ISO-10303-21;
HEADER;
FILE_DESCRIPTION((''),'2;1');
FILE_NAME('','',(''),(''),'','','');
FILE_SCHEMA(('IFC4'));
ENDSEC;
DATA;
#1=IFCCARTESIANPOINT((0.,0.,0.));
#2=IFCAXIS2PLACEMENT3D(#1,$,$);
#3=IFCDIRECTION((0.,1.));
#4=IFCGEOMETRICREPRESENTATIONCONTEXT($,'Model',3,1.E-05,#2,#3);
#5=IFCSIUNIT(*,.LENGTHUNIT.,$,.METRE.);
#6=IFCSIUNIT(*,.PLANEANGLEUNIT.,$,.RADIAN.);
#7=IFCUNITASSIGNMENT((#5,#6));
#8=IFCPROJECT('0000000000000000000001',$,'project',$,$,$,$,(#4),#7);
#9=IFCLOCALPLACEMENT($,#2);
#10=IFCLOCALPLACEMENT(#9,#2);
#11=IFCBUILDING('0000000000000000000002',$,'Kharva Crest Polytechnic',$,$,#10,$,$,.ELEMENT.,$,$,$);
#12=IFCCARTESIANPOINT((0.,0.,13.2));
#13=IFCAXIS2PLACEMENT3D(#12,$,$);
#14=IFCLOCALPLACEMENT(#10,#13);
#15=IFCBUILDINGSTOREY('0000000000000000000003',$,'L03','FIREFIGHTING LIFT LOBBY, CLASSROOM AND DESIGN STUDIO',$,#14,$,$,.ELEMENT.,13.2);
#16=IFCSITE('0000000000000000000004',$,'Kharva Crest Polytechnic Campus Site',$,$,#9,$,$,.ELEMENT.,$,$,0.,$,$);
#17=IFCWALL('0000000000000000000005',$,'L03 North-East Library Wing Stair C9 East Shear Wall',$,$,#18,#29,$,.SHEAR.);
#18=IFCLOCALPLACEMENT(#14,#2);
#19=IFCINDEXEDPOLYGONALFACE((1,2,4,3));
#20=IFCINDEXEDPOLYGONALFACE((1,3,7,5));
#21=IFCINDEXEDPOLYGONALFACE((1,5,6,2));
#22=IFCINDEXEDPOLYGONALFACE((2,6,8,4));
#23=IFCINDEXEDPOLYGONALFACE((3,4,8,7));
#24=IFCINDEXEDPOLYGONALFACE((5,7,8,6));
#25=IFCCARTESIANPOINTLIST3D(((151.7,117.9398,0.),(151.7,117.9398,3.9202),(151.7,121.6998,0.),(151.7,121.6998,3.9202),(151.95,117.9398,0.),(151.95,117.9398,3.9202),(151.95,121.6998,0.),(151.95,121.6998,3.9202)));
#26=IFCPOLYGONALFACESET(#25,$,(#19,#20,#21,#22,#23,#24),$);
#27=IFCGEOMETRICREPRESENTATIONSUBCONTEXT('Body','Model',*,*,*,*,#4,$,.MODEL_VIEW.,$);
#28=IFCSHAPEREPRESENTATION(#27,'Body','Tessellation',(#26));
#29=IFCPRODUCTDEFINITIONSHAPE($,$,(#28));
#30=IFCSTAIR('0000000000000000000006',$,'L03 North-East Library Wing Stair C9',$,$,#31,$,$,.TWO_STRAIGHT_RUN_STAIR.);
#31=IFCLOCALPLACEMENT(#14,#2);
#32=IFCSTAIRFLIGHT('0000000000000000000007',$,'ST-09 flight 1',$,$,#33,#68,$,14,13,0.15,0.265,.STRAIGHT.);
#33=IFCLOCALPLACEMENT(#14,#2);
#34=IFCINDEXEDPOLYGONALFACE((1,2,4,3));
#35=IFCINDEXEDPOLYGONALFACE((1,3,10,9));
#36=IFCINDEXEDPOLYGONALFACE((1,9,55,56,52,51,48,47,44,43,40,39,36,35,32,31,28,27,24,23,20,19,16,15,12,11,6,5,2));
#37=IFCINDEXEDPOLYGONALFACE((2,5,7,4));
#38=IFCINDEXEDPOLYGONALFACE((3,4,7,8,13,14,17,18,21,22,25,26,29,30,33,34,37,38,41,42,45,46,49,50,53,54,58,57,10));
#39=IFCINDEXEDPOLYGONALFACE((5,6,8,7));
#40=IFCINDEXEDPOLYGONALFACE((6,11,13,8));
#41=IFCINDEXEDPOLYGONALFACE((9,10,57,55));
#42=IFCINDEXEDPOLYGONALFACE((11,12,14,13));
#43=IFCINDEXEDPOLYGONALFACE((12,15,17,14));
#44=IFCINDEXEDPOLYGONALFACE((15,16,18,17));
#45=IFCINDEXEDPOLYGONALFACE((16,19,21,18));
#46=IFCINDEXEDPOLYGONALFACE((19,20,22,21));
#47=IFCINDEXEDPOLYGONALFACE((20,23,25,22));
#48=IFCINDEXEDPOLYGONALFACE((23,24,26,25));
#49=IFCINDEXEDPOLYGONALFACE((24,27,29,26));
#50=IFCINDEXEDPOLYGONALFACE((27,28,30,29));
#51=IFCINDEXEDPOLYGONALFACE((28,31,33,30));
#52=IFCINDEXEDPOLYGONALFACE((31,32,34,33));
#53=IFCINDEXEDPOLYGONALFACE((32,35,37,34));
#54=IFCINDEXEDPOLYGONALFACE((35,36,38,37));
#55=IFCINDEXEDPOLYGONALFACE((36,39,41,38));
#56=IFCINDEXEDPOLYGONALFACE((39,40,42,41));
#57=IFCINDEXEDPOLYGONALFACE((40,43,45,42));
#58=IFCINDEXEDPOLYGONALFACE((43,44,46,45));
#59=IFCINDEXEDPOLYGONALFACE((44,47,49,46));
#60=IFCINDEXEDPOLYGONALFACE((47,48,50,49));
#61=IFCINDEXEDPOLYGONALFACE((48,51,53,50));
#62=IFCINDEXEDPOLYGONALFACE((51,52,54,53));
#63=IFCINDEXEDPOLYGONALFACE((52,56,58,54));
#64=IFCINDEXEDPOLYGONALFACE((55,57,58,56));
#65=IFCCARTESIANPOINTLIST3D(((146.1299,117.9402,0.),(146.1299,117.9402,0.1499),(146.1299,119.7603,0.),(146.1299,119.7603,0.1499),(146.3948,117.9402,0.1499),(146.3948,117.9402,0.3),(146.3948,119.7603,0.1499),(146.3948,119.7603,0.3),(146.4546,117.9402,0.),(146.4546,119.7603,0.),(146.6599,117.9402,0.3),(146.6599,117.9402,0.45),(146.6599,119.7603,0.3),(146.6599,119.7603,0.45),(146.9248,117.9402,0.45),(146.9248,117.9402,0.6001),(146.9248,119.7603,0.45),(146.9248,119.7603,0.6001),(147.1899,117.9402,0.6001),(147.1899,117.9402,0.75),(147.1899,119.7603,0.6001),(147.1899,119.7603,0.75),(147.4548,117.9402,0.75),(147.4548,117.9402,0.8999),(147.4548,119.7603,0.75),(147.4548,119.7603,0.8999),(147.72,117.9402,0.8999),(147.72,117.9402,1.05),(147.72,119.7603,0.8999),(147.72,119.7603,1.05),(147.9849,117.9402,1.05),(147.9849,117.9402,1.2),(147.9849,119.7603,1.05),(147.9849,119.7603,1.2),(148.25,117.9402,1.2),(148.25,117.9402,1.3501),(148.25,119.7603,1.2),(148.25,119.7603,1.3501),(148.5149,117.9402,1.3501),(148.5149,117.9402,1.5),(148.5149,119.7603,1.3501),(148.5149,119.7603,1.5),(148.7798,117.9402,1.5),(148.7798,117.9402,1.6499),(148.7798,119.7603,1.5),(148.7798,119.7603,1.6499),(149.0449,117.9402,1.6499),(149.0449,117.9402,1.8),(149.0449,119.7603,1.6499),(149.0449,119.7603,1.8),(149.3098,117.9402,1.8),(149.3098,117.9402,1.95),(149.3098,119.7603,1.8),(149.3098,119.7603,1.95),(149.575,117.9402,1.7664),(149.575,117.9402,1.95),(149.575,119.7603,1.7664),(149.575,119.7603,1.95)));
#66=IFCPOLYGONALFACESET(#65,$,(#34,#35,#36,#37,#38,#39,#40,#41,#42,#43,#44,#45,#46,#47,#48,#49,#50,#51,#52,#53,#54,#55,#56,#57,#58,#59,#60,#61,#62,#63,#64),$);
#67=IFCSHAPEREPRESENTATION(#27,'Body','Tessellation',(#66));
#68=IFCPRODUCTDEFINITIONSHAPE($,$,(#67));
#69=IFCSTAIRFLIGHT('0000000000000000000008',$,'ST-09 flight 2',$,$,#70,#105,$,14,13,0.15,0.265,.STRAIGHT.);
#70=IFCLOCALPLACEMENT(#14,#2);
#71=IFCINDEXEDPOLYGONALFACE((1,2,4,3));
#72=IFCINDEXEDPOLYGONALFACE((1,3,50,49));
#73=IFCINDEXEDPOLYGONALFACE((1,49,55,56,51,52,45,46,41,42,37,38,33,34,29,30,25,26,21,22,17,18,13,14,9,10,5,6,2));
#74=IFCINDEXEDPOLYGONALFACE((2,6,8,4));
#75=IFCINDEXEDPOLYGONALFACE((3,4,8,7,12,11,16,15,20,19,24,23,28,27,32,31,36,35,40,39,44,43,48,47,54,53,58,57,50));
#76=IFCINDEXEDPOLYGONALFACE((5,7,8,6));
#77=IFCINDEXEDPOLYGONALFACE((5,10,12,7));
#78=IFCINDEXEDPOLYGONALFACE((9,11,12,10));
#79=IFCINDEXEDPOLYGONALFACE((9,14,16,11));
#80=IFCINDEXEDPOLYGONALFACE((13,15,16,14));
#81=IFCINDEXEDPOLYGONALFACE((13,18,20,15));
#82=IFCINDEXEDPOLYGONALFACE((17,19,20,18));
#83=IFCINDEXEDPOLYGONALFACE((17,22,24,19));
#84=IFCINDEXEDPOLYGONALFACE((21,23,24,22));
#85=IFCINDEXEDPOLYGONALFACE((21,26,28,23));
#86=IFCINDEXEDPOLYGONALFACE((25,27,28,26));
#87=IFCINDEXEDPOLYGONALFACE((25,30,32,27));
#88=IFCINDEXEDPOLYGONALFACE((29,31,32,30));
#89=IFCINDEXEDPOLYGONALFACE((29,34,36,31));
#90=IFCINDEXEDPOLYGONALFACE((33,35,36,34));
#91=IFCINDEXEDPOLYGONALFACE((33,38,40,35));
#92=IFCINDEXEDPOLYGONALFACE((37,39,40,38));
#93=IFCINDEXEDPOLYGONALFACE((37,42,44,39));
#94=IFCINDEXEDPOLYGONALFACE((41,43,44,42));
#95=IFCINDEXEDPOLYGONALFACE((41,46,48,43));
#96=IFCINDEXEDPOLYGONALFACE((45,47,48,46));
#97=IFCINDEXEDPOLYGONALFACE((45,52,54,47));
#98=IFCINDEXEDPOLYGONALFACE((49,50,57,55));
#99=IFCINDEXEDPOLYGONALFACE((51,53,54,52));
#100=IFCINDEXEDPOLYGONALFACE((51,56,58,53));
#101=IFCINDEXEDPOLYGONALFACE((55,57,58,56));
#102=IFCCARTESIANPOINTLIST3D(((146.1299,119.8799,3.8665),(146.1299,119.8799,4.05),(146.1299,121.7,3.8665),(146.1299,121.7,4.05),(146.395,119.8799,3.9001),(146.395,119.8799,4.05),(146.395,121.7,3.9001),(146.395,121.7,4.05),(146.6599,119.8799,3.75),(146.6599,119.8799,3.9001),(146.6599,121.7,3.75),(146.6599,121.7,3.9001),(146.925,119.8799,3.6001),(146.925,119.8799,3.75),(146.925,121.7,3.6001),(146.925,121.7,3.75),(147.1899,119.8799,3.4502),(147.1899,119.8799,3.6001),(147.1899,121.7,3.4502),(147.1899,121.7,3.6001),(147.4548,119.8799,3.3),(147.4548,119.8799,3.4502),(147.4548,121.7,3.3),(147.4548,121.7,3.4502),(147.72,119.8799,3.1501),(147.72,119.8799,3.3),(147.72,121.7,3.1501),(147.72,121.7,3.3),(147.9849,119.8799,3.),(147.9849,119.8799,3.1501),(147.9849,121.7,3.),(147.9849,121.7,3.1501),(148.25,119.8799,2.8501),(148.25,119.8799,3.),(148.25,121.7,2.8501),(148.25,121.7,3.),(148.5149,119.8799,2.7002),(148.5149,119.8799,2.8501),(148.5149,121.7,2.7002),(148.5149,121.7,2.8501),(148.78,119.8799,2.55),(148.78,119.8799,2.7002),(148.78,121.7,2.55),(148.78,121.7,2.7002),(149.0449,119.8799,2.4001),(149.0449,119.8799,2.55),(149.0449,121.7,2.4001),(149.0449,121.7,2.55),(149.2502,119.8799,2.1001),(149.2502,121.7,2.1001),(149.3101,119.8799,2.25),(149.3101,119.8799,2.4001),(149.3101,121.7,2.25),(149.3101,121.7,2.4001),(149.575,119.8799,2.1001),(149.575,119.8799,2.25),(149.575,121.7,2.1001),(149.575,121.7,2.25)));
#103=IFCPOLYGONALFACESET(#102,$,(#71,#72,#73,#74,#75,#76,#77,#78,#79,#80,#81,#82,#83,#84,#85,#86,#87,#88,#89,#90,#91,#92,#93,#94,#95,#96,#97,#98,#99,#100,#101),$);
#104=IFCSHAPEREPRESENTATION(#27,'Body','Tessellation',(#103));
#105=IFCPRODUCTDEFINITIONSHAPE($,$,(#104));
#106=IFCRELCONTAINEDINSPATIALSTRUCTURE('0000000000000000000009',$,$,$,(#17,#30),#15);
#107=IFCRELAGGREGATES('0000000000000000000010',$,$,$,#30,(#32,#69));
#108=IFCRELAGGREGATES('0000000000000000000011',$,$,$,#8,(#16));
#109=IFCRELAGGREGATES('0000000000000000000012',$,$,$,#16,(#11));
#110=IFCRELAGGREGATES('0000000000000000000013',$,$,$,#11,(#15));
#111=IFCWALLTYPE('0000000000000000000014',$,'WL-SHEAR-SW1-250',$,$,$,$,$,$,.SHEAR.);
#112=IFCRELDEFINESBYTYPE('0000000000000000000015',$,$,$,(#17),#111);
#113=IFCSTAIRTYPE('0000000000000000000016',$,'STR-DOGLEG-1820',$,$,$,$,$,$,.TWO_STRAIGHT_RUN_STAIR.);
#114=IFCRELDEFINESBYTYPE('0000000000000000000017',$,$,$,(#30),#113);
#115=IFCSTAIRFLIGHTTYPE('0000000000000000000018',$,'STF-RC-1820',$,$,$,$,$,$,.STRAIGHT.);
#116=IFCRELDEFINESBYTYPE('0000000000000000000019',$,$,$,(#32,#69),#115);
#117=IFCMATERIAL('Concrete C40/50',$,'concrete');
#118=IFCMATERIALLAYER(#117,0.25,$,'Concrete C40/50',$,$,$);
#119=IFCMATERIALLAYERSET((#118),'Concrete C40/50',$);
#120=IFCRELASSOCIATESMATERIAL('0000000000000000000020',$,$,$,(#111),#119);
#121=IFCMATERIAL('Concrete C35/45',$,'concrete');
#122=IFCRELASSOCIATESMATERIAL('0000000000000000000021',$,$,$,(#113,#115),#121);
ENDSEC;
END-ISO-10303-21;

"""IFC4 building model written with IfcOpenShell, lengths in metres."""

from ifc_helpers import new_model, si_unit, direction, frame, frame_2d, origin, place, context, subcontext, project, spatial, polyline, rectangle, outline, extrude, material, layer, layer_set, type_object, element, aggregate, save


model = new_model("IFC4")

# Units and contexts
model_context = context("Model", 3, precision=1e-05, world=origin(), true_north=direction((0.0, 1.0)))
body_context = subcontext(model_context, "Body", "Model", "MODEL_VIEW")
ifc_project = project(units=[si_unit("LENGTHUNIT", "METRE"), si_unit("PLANEANGLEUNIT", "RADIAN")], contexts=[model_context])

# Site, building, storey
site_placement = place(None, origin())
site = spatial("IfcSite", under=ifc_project, at=site_placement, Name="Kharva Crest Polytechnic Campus Site", CompositionType="ELEMENT", RefElevation=0.0)
building_placement = place(site_placement, origin())
building = spatial("IfcBuilding", under=site, at=building_placement, Name="Kharva Crest Polytechnic", CompositionType="ELEMENT")
storey_placement = place(building_placement, frame((0.0, 0.0, 13.2)))
storey = spatial("IfcBuildingStorey", under=building, at=storey_placement, Name="L03", Description="FIREFIGHTING LIFT LOBBY, CLASSROOM AND DESIGN STUDIO", CompositionType="ELEMENT", Elevation=13.2)

# Shared definitions
ifc_material_1 = material(Name="Concrete C40/50", Category="concrete")

# Shared definitions
ifc_material_2 = material(Name="Concrete C35/45", Category="concrete")

# Shared definitions
ifc_layer_1 = layer(ifc_material_1, 0.25, Name="Concrete C40/50")
ifc_layer_set_1 = layer_set([ifc_layer_1], Name="Concrete C40/50")
wall_type_1 = type_object("IfcWallType", Name="WL-SHEAR-SW1-250", PredefinedType="SHEAR", material=ifc_layer_set_1)

# Wall
for number, where, z_axis, x_axis, name in (
    (1, (151.825, 117.9399, 0.0), (0.0, 0.0, 1.0), (0.0, 1.0, 0.0), "L03 North-East Library Wing Stair C9 East Shear Wall"),
):
    element("IfcWall", number, at=place(storey_placement, frame(where, z_axis=z_axis, x_axis=x_axis)), inside=storey, type_object=wall_type_1, Name=name, PredefinedType="SHEAR", context=body_context, shape_type="SweptSolid", body=[
        extrude(rectangle(XDim=3.76, YDim=0.25, at=frame_2d((1.8799, 0.0))), origin(), (0.0, 0.0, 1.0), 3.9202),
    ])

# Stair, stair flights
stair_type = type_object("IfcStairType", Name="STR-DOGLEG-1820", PredefinedType="TWO_STRAIGHT_RUN_STAIR", material=ifc_material_2)
stair_placement = place(storey_placement, origin())
stair = element("IfcStair", 2, at=stair_placement, inside=storey, type_object=stair_type, Name="L03 North-East Library Wing Stair C9", PredefinedType="TWO_STRAIGHT_RUN_STAIR")
stair_flight_type = type_object("IfcStairFlightType", Name="STF-RC-1820", PredefinedType="STRAIGHT", material=ifc_material_2)
stair_flight_1_placement = place(storey_placement, frame((146.1299, 118.8501, 0.0), z_axis=(0.0, 0.0, 1.0), x_axis=(1.0, 0.0, 0.0)))
stair_flight_1 = element("IfcStairFlight", 3, at=stair_flight_1_placement, type_object=stair_flight_type, Name="ST-09 flight 1", NumberOfRisers=14, NumberOfTreads=13, PredefinedType="STRAIGHT", RiserHeight=0.15, TreadLength=0.265, context=body_context, shape_type="SweptSolid", body=[
    extrude(outline(polyline([(0.0, 0.0), (0.0, 0.1499), (0.2649, 0.1499), (0.2649, 0.3), (0.53, 0.3), (0.53, 0.45), (0.7949, 0.45), (0.7949, 0.6001), (1.0601, 0.6001), (1.0601, 0.75), (1.325, 0.75), (1.325, 0.8999), (1.5901, 0.8999), (1.5901, 1.05), (1.855, 1.05), (1.855, 1.2), (2.1201, 1.2), (2.1201, 1.3501), (2.385, 1.3501), (2.385, 1.5), (2.6499, 1.5), (2.6499, 1.6499), (2.915, 1.6499), (2.915, 1.8), (3.1799, 1.8), (3.1799, 1.95), (3.4451, 1.95), (3.4451, 2.1001), (3.4451, 1.7664), (0.3247, 0.0), (0.0, 0.0)])), frame((0.0, 0.9102, 0.0), z_axis=(0.0, -1.0, 0.0), x_axis=(1.0, 0.0, 0.0)), (0.0, 0.0, 1.0), 1.8201),
])
stair_flight_2_placement = place(storey_placement, frame((149.575, 120.79, 2.1001), z_axis=(0.0, 0.0, 1.0), x_axis=(-1.0, 0.0, 0.0)))
stair_flight_2 = element("IfcStairFlight", 4, at=stair_flight_2_placement, type_object=stair_flight_type, Name="ST-09 flight 2", NumberOfRisers=14, NumberOfTreads=13, PredefinedType="STRAIGHT", RiserHeight=0.15, TreadLength=0.265, context=body_context, shape_type="SweptSolid", body=[
    extrude(outline(polyline([(0.0, 0.0), (0.0, 0.1499), (0.2649, 0.1499), (0.2649, 0.3), (0.53, 0.3), (0.53, 0.45), (0.7949, 0.45), (0.7949, 0.6001), (1.0601, 0.6001), (1.0601, 0.75), (1.325, 0.75), (1.325, 0.8999), (1.5901, 0.8999), (1.5901, 1.05), (1.855, 1.05), (1.855, 1.2), (2.1201, 1.2), (2.1201, 1.3501), (2.385, 1.3501), (2.385, 1.5), (2.6499, 1.5), (2.6499, 1.6499), (2.915, 1.6499), (2.915, 1.8), (3.1799, 1.8), (3.1799, 1.95), (3.4451, 1.95), (3.4451, 2.1001), (3.4451, 1.7664), (0.3247, 0.0), (0.0, 0.0)])), frame((0.0, 0.9102, 0.0), z_axis=(0.0, -1.0, 0.0), x_axis=(1.0, 0.0, 0.0)), (0.0, 0.0, 1.0), 1.8201),
])
aggregate(stair, [stair_flight_1, stair_flight_2])

save(model, "model.ifc")
